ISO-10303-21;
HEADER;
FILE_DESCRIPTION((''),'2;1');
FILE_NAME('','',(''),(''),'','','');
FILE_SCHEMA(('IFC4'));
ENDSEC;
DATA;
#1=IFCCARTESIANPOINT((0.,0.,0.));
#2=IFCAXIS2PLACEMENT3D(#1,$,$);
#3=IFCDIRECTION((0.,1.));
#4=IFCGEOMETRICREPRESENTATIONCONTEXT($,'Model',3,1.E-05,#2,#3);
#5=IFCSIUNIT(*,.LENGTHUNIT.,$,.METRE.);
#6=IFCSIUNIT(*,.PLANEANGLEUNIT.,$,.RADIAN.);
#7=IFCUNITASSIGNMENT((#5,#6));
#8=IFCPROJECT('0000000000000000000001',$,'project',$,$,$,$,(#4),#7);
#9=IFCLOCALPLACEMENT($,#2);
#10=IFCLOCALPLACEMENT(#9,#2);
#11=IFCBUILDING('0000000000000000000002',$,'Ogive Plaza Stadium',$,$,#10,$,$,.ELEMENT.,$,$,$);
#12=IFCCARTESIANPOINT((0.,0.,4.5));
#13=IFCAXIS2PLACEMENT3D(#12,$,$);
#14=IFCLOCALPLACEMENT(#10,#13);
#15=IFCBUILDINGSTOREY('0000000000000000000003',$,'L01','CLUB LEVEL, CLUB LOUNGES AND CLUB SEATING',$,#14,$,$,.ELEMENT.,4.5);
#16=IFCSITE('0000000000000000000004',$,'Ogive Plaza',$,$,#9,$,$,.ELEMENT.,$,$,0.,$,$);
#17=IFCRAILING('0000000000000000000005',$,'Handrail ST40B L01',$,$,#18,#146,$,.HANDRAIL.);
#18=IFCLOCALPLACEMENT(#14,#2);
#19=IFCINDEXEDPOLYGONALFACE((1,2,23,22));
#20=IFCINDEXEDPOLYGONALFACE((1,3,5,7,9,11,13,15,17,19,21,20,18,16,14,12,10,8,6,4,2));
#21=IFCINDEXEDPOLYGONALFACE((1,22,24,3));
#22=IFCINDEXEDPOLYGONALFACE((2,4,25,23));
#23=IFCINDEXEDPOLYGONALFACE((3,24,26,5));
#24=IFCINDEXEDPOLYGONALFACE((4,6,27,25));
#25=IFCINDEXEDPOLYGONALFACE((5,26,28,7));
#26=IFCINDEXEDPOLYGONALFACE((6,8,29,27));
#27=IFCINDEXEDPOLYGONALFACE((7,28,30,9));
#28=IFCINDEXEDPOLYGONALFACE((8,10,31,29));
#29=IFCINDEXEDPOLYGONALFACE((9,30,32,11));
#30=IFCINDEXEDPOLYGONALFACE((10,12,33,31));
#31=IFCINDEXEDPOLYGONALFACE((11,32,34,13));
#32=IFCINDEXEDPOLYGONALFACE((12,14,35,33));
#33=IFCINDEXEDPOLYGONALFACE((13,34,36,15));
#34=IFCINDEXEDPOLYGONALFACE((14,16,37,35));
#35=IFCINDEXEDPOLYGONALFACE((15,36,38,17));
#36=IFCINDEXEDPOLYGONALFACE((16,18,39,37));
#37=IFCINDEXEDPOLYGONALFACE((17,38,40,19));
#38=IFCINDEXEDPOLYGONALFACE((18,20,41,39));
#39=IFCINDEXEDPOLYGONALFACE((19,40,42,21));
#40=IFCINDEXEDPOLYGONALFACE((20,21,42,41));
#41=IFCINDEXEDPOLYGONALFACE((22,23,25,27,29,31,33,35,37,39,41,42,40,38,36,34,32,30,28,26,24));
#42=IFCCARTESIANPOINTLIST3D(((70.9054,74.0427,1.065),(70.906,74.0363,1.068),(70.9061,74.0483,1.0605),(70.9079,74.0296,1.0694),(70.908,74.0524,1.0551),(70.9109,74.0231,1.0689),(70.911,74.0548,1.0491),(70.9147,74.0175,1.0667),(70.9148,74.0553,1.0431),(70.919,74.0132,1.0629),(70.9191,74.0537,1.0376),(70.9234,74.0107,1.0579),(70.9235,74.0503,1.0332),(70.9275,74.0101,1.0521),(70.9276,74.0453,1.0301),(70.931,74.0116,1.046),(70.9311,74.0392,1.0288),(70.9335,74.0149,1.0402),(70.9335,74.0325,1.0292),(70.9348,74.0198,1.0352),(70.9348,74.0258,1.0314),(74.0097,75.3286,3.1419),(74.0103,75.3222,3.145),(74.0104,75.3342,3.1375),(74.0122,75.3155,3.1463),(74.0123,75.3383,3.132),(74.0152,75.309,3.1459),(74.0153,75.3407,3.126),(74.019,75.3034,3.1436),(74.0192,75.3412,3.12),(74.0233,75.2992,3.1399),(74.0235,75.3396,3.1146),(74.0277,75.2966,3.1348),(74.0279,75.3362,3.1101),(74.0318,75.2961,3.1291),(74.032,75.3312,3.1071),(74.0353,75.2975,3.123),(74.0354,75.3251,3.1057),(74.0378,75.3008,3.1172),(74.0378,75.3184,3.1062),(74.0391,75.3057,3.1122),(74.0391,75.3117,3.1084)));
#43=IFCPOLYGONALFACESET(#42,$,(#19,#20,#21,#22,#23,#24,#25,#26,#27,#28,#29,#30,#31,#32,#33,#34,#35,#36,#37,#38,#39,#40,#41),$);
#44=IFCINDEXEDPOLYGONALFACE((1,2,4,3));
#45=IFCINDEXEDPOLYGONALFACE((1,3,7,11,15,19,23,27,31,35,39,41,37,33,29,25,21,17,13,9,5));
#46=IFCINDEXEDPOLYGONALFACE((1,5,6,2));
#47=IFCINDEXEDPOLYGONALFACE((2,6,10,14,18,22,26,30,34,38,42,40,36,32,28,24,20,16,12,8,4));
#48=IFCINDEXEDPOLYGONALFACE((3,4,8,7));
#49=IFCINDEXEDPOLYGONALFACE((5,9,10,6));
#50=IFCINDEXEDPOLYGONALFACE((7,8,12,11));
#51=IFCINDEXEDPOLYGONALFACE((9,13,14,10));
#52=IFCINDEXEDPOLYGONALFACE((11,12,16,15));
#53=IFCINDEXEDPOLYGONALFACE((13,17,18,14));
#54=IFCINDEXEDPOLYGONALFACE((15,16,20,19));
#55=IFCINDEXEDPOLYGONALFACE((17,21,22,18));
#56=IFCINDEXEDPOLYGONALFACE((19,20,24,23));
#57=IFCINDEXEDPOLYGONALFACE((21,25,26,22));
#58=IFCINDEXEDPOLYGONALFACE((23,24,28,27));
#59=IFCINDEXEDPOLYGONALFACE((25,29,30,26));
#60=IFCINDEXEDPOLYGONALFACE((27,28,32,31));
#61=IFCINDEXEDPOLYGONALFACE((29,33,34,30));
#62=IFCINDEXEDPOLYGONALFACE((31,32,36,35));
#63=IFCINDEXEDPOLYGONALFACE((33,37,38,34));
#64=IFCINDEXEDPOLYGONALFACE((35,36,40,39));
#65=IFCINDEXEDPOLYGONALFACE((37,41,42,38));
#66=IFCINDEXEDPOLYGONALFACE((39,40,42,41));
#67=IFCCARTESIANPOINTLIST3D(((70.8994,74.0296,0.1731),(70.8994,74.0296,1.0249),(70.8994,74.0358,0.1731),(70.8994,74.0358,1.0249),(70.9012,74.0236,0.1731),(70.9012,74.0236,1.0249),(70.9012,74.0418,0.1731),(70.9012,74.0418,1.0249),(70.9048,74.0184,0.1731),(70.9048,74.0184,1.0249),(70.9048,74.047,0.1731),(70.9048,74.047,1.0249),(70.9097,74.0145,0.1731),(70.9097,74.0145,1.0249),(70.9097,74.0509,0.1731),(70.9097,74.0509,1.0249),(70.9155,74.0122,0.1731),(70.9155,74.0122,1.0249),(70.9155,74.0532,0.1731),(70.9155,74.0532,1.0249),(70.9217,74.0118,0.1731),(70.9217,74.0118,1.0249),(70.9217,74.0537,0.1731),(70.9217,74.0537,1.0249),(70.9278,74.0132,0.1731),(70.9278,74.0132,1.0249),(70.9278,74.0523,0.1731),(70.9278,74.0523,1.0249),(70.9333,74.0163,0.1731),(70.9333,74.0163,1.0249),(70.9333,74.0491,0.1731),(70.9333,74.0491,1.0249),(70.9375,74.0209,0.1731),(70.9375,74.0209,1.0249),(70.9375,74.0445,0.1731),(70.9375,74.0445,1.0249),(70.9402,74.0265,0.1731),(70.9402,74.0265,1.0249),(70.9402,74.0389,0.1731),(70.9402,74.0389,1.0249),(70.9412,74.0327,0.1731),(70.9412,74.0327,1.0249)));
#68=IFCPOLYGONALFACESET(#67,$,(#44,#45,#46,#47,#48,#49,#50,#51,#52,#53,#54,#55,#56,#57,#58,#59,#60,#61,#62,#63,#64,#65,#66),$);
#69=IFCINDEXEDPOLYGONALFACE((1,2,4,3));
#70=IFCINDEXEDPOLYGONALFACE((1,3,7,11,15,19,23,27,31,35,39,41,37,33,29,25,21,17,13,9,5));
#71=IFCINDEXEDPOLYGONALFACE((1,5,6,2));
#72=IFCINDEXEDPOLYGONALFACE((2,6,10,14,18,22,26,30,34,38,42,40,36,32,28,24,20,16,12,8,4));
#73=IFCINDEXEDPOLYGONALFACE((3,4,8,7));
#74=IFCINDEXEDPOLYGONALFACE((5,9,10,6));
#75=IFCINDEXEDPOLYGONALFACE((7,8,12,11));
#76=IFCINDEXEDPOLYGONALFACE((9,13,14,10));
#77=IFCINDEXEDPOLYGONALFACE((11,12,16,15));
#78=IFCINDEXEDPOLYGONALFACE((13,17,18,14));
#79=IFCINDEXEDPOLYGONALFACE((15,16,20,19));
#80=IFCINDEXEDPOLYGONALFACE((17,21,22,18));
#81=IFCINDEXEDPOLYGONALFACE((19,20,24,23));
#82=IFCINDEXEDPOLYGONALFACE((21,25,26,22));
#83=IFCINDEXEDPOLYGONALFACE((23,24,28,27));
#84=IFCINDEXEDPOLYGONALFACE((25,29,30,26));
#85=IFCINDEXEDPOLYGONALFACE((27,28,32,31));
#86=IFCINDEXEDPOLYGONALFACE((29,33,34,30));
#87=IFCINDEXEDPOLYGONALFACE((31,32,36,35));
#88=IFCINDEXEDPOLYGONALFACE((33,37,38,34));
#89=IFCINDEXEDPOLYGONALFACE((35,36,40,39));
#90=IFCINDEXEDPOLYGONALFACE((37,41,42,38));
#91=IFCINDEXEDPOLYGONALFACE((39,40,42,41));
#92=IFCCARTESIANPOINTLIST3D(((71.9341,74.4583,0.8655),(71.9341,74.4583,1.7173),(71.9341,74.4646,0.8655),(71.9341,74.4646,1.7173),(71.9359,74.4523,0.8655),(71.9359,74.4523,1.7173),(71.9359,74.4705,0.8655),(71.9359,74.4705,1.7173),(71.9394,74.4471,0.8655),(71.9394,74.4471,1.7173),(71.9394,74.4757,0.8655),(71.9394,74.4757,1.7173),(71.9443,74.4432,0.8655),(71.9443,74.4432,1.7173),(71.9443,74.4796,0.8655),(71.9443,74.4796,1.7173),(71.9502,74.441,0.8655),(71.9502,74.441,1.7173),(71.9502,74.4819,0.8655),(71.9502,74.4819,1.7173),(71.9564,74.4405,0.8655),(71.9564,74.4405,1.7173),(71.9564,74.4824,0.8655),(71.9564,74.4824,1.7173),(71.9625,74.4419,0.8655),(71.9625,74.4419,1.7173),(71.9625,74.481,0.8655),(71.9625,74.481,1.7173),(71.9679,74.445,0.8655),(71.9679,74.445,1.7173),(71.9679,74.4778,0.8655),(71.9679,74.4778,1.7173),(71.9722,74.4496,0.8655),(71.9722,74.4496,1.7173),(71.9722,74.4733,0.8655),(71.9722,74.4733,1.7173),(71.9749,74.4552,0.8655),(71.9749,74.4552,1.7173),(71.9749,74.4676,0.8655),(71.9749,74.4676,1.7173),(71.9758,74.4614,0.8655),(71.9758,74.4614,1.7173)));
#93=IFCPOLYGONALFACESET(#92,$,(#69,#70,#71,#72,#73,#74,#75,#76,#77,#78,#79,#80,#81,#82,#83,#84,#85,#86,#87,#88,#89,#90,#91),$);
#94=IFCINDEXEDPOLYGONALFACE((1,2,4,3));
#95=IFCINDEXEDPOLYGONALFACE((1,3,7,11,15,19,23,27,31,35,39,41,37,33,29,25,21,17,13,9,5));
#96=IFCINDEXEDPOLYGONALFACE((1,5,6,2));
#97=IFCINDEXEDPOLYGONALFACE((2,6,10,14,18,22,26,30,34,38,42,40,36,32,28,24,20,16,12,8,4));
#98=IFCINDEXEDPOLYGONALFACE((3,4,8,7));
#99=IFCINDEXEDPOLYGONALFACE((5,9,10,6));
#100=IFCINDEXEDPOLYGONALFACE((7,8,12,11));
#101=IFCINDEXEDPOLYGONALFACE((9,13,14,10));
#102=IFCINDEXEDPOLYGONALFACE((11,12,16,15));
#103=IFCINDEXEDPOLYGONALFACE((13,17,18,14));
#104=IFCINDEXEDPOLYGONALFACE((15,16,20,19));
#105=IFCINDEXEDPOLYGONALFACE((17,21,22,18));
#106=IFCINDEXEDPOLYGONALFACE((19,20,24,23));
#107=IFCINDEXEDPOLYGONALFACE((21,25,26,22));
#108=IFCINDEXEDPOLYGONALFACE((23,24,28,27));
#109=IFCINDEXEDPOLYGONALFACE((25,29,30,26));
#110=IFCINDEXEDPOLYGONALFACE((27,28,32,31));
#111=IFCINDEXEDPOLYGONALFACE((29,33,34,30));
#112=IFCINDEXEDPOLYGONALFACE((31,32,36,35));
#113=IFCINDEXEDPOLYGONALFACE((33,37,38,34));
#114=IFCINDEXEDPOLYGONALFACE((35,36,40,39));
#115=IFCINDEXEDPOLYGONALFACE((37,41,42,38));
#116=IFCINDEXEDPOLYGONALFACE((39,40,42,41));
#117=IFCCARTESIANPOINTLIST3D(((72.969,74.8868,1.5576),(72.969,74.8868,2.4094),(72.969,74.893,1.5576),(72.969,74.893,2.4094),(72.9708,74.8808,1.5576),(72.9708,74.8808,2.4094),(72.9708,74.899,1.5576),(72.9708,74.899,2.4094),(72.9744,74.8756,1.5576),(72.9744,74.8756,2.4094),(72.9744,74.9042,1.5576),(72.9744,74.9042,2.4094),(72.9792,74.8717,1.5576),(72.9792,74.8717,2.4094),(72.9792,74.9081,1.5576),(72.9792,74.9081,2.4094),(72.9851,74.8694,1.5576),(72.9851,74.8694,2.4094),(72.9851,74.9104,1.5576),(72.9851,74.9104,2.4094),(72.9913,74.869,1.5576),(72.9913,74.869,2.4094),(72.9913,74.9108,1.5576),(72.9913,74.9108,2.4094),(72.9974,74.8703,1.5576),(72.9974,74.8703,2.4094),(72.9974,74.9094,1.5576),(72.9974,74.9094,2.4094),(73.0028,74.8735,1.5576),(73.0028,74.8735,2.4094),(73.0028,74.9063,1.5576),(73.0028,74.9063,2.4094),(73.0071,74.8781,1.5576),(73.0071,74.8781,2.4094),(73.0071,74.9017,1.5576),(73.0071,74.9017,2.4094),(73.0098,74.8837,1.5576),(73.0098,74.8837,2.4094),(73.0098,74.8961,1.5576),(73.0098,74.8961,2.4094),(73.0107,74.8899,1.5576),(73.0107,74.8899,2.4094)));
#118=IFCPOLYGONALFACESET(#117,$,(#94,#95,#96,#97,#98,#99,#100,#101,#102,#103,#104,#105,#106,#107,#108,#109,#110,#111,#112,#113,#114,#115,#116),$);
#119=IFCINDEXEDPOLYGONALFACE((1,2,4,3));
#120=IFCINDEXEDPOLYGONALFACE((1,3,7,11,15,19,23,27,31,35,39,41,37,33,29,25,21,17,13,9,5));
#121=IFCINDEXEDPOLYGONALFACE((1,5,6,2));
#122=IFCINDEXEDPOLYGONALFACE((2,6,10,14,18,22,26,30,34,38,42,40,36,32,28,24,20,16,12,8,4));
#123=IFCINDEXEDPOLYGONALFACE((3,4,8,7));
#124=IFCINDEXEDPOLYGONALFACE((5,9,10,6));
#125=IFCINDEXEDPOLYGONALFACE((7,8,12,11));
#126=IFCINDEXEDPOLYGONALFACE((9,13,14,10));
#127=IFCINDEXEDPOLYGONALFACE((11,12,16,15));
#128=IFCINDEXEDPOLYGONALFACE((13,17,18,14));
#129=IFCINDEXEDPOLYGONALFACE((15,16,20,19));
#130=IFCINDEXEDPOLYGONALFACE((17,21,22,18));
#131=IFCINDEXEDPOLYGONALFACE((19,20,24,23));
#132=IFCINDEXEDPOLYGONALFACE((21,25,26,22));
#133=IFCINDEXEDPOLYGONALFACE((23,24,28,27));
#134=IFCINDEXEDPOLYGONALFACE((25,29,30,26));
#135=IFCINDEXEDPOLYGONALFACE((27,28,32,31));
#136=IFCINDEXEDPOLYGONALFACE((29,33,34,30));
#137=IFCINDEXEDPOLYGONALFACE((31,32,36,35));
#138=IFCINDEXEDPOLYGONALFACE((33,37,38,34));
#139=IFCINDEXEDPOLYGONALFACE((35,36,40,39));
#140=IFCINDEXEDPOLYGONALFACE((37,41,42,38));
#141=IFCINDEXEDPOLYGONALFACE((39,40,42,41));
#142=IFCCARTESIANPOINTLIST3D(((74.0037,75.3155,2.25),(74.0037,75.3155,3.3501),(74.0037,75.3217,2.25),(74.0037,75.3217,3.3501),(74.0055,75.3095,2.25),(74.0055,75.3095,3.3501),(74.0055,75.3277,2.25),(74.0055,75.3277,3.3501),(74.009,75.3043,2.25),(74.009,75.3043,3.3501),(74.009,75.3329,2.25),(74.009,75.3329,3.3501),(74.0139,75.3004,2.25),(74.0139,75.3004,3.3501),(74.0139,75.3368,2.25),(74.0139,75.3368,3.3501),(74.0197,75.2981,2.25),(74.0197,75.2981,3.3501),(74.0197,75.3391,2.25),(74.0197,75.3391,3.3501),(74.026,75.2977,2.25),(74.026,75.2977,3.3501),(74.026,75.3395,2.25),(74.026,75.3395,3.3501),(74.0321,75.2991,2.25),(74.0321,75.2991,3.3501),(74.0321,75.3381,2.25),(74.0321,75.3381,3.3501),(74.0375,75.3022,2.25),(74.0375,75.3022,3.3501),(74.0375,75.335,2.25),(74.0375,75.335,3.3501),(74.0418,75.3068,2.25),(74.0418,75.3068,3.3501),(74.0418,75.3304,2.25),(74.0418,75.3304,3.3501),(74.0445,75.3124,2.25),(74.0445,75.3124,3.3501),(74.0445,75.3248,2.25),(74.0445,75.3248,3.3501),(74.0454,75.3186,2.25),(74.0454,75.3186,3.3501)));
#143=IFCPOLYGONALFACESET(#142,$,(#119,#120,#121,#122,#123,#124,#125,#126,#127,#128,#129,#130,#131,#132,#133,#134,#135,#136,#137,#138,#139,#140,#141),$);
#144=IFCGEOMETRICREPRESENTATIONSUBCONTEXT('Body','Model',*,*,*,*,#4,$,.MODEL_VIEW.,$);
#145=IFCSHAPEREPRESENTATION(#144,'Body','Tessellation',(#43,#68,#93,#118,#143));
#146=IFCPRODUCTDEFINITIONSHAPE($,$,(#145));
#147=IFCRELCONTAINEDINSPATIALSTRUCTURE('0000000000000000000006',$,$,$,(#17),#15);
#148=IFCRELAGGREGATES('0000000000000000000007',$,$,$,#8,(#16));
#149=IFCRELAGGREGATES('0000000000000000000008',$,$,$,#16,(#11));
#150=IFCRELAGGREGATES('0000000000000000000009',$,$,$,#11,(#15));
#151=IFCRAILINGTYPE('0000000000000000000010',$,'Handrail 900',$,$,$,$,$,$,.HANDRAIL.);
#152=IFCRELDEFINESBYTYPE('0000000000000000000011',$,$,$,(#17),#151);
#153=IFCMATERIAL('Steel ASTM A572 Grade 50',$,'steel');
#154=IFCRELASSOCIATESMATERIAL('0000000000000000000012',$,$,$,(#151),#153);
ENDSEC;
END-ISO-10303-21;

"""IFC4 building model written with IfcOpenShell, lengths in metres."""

from ifc_helpers import new_model, si_unit, direction, frame, origin, origin_2d, place, context, subcontext, project, spatial, circle, extrude, material, type_object, element, save


model = new_model("IFC4")

# Units and contexts
model_context = context("Model", 3, precision=1e-05, world=origin(), true_north=direction((0.0, 1.0)))
body_context = subcontext(model_context, "Body", "Model", "MODEL_VIEW")
ifc_project = project(units=[si_unit("LENGTHUNIT", "METRE"), si_unit("PLANEANGLEUNIT", "RADIAN")], contexts=[model_context])

# Site, building, storey
site_placement = place(None, origin())
site = spatial("IfcSite", under=ifc_project, at=site_placement, Name="Ogive Plaza", CompositionType="ELEMENT", RefElevation=0.0)
building_placement = place(site_placement, origin())
building = spatial("IfcBuilding", under=site, at=building_placement, Name="Ogive Plaza Stadium", CompositionType="ELEMENT")
storey_placement = place(building_placement, frame((0.0, 0.0, 4.5)))
storey = spatial("IfcBuildingStorey", under=building, at=storey_placement, Name="L01", Description="CLUB LEVEL, CLUB LOUNGES AND CLUB SEATING", CompositionType="ELEMENT", Elevation=4.5)

# Railing
ifc_material_1 = material(Name="Steel ASTM A572 Grade 50", Category="steel")
railing_type_1 = type_object("IfcRailingType", Name="Handrail 900", PredefinedType="HANDRAIL", material=ifc_material_1)
railing_1_placement = place(storey_placement, frame((70.9202, 74.0327, 0.1731)))
element("IfcRailing", 1, at=railing_1_placement, inside=storey, type_object=railing_type_1, Name="Handrail ST40B L01", PredefinedType="HANDRAIL", context=body_context, shape_type="SweptSolid", body=[
    extrude(circle(Radius=0.0239, at=origin_2d()), frame((0.0, 0.0, 0.876), z_axis=(0.785863, 0.325532, 0.525783), x_axis=(-0.3827, 0.923872, 0.0)), (0.0, 0.0, 1.0), 3.9502),
    extrude(circle(Radius=0.021, at=origin_2d()), origin(), (0.0, 0.0, 1.0), 0.8518),
    extrude(circle(Radius=0.021, at=origin_2d()), frame((1.0347, 0.4287, 0.6924)), (0.0, 0.0, 1.0), 0.8518),
    extrude(circle(Radius=0.021, at=origin_2d()), frame((2.0696, 0.8572, 1.3845)), (0.0, 0.0, 1.0), 0.8518),
    extrude(circle(Radius=0.021, at=origin_2d()), frame((3.1042, 1.2859, 2.0769)), (0.0, 0.0, 1.0), 1.1001),
])

save(model, "model.ifc")
